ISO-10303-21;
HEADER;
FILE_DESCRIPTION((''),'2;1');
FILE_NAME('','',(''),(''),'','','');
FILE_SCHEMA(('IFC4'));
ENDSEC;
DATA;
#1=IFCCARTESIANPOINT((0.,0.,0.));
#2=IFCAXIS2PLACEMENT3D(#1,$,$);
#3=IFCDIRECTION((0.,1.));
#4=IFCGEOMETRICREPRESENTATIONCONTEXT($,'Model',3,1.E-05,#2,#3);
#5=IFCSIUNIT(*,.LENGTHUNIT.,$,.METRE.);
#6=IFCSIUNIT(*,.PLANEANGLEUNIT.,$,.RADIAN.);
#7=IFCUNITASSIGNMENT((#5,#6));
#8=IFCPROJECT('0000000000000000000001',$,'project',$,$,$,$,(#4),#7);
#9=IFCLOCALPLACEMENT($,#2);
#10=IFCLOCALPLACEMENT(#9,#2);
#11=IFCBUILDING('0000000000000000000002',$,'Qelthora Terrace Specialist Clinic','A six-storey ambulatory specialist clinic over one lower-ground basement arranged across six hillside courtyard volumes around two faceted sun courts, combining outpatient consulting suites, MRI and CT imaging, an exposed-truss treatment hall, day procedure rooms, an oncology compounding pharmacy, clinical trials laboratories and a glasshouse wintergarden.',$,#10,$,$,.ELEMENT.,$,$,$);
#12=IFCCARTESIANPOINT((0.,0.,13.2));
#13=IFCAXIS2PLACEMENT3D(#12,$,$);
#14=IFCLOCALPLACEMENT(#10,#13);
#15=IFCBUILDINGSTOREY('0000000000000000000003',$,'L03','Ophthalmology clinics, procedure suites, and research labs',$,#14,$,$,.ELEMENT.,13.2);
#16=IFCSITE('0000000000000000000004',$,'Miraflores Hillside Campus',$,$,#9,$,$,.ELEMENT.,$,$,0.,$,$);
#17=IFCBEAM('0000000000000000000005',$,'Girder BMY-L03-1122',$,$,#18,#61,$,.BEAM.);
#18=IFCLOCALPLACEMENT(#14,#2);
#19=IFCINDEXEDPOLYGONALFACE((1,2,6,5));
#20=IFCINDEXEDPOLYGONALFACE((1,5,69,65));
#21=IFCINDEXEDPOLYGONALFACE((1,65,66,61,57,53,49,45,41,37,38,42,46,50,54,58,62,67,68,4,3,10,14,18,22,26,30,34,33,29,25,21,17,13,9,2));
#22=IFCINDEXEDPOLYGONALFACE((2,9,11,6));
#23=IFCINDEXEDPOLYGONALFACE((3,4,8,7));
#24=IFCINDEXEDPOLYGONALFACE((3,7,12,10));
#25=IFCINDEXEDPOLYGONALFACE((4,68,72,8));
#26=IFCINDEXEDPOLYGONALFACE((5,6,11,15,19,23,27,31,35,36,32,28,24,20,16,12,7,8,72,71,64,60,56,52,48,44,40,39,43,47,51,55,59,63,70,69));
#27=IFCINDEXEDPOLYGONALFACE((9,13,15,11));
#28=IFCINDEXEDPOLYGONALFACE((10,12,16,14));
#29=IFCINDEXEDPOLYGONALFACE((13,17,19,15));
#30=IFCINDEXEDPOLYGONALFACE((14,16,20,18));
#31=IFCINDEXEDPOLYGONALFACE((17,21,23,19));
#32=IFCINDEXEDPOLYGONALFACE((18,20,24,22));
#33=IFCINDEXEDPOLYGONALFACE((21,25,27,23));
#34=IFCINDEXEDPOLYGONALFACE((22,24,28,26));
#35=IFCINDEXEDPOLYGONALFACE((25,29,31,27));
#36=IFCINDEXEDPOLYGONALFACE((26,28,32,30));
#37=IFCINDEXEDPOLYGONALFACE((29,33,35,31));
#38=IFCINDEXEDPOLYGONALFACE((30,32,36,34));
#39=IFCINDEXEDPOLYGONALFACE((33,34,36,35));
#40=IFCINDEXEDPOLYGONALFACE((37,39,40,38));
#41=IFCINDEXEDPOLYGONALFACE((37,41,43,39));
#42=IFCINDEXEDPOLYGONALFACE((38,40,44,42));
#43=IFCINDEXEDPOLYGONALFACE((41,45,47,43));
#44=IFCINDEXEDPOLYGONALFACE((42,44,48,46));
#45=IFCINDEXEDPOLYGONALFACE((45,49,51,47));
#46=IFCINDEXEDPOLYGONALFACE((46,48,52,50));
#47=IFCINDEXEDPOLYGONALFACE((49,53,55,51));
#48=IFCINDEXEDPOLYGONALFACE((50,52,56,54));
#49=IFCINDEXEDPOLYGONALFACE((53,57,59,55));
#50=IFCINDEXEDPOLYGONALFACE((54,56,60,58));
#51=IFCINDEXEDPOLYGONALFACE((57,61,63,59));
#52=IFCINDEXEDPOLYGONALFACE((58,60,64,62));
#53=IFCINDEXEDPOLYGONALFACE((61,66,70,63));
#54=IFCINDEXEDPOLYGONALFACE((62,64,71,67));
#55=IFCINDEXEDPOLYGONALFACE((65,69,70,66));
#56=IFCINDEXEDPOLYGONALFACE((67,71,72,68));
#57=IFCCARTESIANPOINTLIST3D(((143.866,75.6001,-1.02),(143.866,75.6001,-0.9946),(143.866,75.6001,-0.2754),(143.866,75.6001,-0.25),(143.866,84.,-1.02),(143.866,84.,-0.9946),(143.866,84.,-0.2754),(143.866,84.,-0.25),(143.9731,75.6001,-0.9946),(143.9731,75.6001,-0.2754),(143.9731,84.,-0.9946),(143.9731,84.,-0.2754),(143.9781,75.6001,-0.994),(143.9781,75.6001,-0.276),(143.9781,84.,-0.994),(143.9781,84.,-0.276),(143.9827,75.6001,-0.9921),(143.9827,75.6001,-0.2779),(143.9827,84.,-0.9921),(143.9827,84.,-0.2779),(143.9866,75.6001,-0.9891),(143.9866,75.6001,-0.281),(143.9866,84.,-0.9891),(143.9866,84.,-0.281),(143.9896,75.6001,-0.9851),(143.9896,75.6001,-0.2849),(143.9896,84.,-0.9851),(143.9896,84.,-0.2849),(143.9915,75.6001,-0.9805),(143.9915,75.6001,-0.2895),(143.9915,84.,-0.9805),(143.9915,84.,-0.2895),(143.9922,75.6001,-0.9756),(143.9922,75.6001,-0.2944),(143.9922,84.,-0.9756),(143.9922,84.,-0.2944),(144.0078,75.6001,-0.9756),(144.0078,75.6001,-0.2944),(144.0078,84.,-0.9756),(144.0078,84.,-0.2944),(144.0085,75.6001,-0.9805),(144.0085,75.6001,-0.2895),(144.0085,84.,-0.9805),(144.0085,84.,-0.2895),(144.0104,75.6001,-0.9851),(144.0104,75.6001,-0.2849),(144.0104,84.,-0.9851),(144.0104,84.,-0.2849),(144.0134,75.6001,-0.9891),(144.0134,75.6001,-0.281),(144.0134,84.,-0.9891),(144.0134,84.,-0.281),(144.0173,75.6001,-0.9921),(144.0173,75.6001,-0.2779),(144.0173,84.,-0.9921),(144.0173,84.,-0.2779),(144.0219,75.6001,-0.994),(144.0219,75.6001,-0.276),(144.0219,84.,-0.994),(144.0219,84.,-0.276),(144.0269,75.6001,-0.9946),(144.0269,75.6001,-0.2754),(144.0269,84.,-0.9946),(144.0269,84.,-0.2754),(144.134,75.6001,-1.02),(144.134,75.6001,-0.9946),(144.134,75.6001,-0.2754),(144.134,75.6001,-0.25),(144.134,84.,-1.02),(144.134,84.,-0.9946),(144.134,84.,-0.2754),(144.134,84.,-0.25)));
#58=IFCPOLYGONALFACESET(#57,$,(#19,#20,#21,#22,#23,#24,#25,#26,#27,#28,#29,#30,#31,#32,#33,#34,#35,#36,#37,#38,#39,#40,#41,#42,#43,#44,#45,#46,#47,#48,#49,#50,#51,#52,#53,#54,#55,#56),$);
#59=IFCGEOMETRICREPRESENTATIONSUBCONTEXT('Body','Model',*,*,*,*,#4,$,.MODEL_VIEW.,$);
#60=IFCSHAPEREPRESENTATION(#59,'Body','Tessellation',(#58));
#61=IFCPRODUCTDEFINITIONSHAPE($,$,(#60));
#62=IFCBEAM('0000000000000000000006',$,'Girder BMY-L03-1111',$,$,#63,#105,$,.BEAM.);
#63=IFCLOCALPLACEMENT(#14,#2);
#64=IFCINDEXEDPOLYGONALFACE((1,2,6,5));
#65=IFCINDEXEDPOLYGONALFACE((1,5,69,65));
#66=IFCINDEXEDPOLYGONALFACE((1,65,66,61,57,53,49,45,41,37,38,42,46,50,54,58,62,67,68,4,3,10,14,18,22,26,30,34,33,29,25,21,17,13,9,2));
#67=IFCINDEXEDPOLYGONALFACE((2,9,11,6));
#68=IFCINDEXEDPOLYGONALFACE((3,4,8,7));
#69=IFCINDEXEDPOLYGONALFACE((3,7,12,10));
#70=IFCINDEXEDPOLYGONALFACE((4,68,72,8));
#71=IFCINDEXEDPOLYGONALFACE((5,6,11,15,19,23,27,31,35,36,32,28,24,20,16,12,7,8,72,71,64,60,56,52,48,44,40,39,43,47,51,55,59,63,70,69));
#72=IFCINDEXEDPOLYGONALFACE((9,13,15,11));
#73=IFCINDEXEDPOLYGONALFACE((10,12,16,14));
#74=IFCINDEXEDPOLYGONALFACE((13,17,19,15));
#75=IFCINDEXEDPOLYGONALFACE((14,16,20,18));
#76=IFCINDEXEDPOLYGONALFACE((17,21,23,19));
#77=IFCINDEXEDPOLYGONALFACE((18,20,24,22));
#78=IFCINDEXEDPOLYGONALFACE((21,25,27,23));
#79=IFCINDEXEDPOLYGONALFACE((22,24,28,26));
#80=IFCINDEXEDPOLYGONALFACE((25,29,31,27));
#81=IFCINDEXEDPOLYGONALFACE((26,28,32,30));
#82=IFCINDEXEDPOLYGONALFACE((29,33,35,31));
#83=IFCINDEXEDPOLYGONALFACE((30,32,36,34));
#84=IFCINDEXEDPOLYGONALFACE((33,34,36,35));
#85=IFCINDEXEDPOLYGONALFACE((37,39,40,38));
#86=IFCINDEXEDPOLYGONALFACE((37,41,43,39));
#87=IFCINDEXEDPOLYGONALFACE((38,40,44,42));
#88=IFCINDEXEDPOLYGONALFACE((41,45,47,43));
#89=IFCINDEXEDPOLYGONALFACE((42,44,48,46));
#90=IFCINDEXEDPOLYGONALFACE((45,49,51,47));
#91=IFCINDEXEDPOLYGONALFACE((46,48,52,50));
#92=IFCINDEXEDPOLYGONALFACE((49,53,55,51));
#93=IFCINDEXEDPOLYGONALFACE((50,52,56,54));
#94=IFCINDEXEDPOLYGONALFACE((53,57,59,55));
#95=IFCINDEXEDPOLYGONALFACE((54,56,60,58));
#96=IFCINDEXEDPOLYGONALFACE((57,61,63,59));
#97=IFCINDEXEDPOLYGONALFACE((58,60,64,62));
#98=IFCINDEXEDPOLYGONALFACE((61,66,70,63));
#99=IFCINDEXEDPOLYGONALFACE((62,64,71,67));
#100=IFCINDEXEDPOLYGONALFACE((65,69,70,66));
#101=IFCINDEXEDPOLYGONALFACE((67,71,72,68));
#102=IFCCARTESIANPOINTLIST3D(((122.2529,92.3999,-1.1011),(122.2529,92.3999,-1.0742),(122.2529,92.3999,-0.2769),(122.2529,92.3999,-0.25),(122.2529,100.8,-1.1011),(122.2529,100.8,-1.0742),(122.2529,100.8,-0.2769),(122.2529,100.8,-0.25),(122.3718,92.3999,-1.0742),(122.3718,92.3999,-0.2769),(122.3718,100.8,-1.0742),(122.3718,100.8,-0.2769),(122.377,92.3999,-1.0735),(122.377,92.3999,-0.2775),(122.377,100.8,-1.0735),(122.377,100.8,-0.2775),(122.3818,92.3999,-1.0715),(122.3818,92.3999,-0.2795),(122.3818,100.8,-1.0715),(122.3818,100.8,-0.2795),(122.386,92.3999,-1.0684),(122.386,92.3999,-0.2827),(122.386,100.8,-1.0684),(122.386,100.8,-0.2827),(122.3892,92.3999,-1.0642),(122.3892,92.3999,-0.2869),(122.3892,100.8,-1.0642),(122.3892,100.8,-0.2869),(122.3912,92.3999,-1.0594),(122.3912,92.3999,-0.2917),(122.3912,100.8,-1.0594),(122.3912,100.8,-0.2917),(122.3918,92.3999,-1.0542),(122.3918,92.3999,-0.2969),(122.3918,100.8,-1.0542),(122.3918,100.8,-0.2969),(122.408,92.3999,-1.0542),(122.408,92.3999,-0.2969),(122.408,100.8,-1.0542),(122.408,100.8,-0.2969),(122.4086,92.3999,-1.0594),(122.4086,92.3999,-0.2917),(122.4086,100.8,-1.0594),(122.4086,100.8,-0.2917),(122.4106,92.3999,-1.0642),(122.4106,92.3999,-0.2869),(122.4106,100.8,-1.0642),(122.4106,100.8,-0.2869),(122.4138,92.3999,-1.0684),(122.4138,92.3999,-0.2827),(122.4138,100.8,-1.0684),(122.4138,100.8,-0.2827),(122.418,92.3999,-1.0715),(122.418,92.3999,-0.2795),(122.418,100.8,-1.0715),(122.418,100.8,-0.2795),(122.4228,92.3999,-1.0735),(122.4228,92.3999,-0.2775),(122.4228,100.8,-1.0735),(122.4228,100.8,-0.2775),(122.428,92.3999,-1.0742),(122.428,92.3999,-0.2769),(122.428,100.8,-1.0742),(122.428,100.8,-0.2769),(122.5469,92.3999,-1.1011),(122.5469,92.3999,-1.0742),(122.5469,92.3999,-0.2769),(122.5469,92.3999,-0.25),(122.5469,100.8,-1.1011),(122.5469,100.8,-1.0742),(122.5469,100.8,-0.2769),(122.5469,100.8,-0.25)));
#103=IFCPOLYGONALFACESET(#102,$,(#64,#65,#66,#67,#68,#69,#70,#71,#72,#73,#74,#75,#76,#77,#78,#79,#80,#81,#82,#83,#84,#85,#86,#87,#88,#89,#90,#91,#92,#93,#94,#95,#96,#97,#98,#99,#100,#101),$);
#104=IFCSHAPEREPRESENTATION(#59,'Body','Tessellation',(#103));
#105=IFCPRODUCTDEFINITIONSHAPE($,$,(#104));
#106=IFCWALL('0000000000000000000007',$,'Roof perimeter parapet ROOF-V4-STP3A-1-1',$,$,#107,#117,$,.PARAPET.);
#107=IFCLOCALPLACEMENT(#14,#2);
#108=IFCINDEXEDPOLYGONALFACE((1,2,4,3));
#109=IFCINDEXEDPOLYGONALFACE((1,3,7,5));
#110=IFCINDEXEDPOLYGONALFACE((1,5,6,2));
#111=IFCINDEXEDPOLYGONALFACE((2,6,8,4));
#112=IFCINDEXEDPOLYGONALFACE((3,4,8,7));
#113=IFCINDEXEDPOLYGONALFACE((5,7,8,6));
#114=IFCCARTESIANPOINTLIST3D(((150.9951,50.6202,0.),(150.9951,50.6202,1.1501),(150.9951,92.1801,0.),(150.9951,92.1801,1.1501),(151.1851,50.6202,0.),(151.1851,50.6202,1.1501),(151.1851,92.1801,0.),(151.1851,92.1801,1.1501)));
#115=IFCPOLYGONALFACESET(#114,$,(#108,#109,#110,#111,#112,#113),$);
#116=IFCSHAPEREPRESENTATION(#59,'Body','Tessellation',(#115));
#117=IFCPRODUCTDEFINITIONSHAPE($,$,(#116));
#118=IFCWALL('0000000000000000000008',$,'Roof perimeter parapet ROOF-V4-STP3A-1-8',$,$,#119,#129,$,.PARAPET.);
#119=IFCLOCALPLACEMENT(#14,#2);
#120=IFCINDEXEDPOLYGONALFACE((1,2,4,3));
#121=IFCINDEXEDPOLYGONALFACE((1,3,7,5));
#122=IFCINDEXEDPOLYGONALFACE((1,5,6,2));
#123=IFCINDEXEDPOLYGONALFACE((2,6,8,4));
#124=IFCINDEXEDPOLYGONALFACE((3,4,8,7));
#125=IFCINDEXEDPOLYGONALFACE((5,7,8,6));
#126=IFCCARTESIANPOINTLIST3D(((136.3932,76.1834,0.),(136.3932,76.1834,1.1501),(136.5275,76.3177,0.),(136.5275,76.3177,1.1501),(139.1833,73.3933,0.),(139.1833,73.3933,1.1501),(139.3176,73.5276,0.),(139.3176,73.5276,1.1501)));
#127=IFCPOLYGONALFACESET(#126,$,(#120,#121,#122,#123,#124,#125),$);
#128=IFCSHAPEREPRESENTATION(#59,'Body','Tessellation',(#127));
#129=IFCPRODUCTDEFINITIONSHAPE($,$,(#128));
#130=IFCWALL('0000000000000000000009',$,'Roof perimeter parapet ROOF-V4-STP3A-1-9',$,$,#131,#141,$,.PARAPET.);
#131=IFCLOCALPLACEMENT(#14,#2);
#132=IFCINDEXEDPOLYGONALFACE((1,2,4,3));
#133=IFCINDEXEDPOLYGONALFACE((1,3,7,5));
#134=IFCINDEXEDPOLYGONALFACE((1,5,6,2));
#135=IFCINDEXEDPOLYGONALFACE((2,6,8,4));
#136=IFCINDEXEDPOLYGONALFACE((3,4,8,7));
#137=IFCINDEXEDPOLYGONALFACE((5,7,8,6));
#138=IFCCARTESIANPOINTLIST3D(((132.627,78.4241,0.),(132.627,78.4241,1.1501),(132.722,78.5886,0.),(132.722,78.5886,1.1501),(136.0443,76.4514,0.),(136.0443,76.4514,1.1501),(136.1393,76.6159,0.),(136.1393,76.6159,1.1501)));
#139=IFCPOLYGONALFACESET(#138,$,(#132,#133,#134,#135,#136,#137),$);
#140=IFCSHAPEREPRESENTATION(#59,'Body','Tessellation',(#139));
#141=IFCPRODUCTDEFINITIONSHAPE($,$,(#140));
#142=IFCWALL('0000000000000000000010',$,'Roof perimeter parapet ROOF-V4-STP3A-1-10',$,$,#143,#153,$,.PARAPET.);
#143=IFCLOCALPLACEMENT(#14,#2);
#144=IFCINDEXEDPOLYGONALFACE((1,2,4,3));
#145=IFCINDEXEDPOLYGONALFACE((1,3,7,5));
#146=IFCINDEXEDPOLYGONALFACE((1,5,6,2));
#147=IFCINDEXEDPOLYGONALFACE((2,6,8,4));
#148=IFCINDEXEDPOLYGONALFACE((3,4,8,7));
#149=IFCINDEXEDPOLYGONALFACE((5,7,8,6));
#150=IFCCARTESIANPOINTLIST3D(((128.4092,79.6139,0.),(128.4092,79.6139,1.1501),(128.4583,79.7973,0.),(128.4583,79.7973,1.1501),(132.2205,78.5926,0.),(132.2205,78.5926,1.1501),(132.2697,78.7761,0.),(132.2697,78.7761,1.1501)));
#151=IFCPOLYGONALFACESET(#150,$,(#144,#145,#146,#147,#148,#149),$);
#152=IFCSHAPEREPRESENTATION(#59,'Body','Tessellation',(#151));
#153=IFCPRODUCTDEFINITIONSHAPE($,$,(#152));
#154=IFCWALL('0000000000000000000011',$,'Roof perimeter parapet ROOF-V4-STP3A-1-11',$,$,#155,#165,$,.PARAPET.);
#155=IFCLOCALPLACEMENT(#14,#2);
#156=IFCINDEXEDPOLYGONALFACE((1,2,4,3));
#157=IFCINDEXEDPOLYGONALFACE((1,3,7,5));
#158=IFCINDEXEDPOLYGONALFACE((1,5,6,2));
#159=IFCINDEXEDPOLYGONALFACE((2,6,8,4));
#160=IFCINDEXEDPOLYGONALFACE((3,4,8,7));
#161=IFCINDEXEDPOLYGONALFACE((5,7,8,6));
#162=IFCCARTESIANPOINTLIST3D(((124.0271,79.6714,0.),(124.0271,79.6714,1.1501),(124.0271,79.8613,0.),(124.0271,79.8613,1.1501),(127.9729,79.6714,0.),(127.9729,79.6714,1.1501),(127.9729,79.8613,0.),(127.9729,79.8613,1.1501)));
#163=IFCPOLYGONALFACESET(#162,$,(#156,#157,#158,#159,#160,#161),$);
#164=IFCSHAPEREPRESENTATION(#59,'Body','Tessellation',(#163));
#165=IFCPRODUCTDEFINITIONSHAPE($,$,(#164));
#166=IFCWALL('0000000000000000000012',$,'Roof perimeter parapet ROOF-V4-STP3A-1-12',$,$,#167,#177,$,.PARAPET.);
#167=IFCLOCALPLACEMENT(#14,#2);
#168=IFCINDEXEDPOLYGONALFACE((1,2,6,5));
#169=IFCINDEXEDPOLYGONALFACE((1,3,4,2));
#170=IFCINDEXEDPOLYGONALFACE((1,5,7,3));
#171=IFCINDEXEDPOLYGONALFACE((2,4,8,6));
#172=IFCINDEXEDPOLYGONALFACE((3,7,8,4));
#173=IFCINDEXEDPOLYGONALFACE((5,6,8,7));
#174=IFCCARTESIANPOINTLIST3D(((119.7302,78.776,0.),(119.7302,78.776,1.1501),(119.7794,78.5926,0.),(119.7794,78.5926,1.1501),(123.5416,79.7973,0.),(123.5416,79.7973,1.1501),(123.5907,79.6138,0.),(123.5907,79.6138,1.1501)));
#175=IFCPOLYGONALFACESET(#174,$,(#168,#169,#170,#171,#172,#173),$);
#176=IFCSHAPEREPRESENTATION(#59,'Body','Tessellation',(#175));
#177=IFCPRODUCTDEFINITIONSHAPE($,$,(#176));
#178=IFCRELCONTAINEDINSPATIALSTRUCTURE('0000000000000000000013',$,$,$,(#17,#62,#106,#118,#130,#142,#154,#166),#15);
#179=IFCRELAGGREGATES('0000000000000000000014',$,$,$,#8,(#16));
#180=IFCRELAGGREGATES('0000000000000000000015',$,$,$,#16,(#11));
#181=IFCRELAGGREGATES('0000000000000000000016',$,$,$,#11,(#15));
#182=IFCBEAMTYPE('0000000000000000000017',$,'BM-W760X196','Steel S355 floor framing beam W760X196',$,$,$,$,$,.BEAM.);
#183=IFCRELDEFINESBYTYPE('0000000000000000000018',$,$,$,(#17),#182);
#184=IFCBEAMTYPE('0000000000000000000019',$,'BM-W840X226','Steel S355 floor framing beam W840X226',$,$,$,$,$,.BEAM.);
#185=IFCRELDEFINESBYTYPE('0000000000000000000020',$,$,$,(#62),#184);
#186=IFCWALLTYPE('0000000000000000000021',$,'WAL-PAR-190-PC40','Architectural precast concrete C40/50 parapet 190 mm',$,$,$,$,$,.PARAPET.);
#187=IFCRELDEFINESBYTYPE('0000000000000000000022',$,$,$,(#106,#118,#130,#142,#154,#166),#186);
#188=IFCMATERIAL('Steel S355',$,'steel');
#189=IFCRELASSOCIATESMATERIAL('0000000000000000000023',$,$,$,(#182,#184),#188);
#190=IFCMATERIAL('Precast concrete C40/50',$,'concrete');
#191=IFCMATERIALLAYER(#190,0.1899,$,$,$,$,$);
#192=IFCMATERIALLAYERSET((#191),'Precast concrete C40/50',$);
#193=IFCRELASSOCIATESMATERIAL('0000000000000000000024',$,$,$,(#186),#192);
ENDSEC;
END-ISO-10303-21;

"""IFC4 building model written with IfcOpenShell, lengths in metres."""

from ifc_helpers import new_model, si_unit, direction, frame, frame_2d, origin, origin_2d, place, context, subcontext, project, spatial, rectangle, i_section, extrude, material, layer, layer_set, material_profile, profile_set, type_object, element, save


model = new_model("IFC4")

# Units and contexts
model_context = context("Model", 3, precision=1e-05, world=origin(), true_north=direction((0.0, 1.0)))
body_context = subcontext(model_context, "Body", "Model", "MODEL_VIEW")
ifc_project = project(units=[si_unit("LENGTHUNIT", "METRE"), si_unit("PLANEANGLEUNIT", "RADIAN")], contexts=[model_context])

# Site, building, storey
site_placement = place(None, origin())
site = spatial("IfcSite", under=ifc_project, at=site_placement, Name="Miraflores Hillside Campus", CompositionType="ELEMENT", RefElevation=0.0)
building_placement = place(site_placement, origin())
building = spatial("IfcBuilding", under=site, at=building_placement, Name="Qelthora Terrace Specialist Clinic", Description="A six-storey ambulatory specialist clinic over one lower-ground basement arranged across six hillside courtyard volumes around two faceted sun courts, combining outpatient consulting suites, MRI and CT imaging, an exposed-truss treatment hall, day procedure rooms, an oncology compounding pharmacy, clinical trials laboratories and a glasshouse wintergarden.", CompositionType="ELEMENT")
storey_placement = place(building_placement, frame((0.0, 0.0, 13.2)))
storey = spatial("IfcBuildingStorey", under=building, at=storey_placement, Name="L03", Description="Ophthalmology clinics, procedure suites, and research labs", CompositionType="ELEMENT", Elevation=13.2)

# Beams
ifc_material_1 = material(Name="Steel S355", Category="steel")
ifc_material_profile_1 = material_profile(ifc_material_1, i_section(OverallWidth=0.2681, OverallDepth=0.77, WebThickness=0.0156, FlangeThickness=0.0254, FilletRadius=0.019, at=origin_2d()), Name="W760X196")
ifc_profile_set_1 = profile_set([ifc_material_profile_1], Name="Steel S355")
beam_type_1 = type_object("IfcBeamType", Name="BM-W760X196", Description="Steel S355 floor framing beam W760X196", PredefinedType="BEAM", material=ifc_profile_set_1)
for number, where, z_axis, x_axis, name in (
    (1, (144.0, 75.6001, -0.635), (0.0, 1.0, 0.0), (-1.0, 0.0, 0.0), "Girder BMY-L03-1122"),
):
    element("IfcBeam", number, at=place(storey_placement, frame(where, z_axis=z_axis, x_axis=x_axis)), inside=storey, type_object=beam_type_1, Name=name, PredefinedType="BEAM", context=body_context, shape_type="SweptSolid", body=[
        extrude(i_section(OverallWidth=0.2681, OverallDepth=0.77, WebThickness=0.0156, FlangeThickness=0.0254, FilletRadius=0.019, at=origin_2d()), origin(), (0.0, 0.0, 1.0), 8.3999),
    ])
ifc_material_profile_2 = material_profile(ifc_material_1, i_section(OverallWidth=0.2939, OverallDepth=0.8511, WebThickness=0.0161, FlangeThickness=0.0269, FilletRadius=0.02, at=origin_2d()), Name="W840X226")
ifc_profile_set_2 = profile_set([ifc_material_profile_2], Name="Steel S355")
beam_type_2 = type_object("IfcBeamType", Name="BM-W840X226", Description="Steel S355 floor framing beam W840X226", PredefinedType="BEAM", material=ifc_profile_set_2)
beam_1_placement = place(storey_placement, frame((122.3999, 92.3999, -0.6755), z_axis=(0.0, 1.0, 0.0), x_axis=(-1.0, 0.0, 0.0)))
element("IfcBeam", 2, at=beam_1_placement, inside=storey, type_object=beam_type_2, Name="Girder BMY-L03-1111", PredefinedType="BEAM", context=body_context, shape_type="SweptSolid", body=[
    extrude(i_section(OverallWidth=0.2939, OverallDepth=0.8511, WebThickness=0.0161, FlangeThickness=0.0269, FilletRadius=0.02, at=origin_2d()), origin(), (0.0, 0.0, 1.0), 8.4001),
])

# Walls
ifc_material_2 = material(Name="Precast concrete C40/50", Category="concrete")
ifc_layer = layer(ifc_material_2, 0.1899)
ifc_layer_set = layer_set([ifc_layer], Name="Precast concrete C40/50")
wall_type = type_object("IfcWallType", Name="WAL-PAR-190-PC40", Description="Architectural precast concrete C40/50 parapet 190 mm", PredefinedType="PARAPET", material=ifc_layer_set)
wall_placement = place(storey_placement, frame((151.0901, 92.1799, 0.0), z_axis=(0.0, 0.0, 1.0), x_axis=(0.0, -1.0, 0.0)))
element("IfcWall", 3, at=wall_placement, inside=storey, type_object=wall_type, Name="Roof perimeter parapet ROOF-V4-STP3A-1-1", PredefinedType="PARAPET", context=body_context, shape_type="SweptSolid", body=[
    extrude(rectangle(XDim=41.5598, YDim=0.1899, at=frame_2d((20.7798, 0.0))), origin(), (0.0, 0.0, 1.0), 1.1501),
])
for number, where, z_axis, x_axis, name in (
    (4, (139.2505, 73.4604, 0.0), (0.0, 0.0, 1.0), (-0.707107, 0.707107, 0.0), "Roof perimeter parapet ROOF-V4-STP3A-1-8"),
    (5, (136.0918, 76.5337, 0.0), (0.0, 0.0, 1.0), (-0.866057, 0.499946, 0.0), "Roof perimeter parapet ROOF-V4-STP3A-1-9"),
    (6, (132.2451, 78.6843, 0.0), (0.0, 0.0, 1.0), (-0.965925, 0.258822, 0.0), "Roof perimeter parapet ROOF-V4-STP3A-1-10"),
    (7, (127.9729, 79.7664, 0.0), (0.0, 0.0, 1.0), (-1.0, 0.0, 0.0), "Roof perimeter parapet ROOF-V4-STP3A-1-11"),
    (8, (123.5662, 79.7056, 0.0), (0.0, 0.0, 1.0), (-0.965925, -0.258822, 0.0), "Roof perimeter parapet ROOF-V4-STP3A-1-12"),
):
    element("IfcWall", number, at=place(storey_placement, frame(where, z_axis=z_axis, x_axis=x_axis)), inside=storey, type_object=wall_type, Name=name, PredefinedType="PARAPET", context=body_context, shape_type="SweptSolid", body=[
        extrude(rectangle(XDim=3.9458, YDim=0.1899, at=frame_2d((1.9729, 0.0))), origin(), (0.0, 0.0, 1.0), 1.1501),
    ])

save(model, "model.ifc")
